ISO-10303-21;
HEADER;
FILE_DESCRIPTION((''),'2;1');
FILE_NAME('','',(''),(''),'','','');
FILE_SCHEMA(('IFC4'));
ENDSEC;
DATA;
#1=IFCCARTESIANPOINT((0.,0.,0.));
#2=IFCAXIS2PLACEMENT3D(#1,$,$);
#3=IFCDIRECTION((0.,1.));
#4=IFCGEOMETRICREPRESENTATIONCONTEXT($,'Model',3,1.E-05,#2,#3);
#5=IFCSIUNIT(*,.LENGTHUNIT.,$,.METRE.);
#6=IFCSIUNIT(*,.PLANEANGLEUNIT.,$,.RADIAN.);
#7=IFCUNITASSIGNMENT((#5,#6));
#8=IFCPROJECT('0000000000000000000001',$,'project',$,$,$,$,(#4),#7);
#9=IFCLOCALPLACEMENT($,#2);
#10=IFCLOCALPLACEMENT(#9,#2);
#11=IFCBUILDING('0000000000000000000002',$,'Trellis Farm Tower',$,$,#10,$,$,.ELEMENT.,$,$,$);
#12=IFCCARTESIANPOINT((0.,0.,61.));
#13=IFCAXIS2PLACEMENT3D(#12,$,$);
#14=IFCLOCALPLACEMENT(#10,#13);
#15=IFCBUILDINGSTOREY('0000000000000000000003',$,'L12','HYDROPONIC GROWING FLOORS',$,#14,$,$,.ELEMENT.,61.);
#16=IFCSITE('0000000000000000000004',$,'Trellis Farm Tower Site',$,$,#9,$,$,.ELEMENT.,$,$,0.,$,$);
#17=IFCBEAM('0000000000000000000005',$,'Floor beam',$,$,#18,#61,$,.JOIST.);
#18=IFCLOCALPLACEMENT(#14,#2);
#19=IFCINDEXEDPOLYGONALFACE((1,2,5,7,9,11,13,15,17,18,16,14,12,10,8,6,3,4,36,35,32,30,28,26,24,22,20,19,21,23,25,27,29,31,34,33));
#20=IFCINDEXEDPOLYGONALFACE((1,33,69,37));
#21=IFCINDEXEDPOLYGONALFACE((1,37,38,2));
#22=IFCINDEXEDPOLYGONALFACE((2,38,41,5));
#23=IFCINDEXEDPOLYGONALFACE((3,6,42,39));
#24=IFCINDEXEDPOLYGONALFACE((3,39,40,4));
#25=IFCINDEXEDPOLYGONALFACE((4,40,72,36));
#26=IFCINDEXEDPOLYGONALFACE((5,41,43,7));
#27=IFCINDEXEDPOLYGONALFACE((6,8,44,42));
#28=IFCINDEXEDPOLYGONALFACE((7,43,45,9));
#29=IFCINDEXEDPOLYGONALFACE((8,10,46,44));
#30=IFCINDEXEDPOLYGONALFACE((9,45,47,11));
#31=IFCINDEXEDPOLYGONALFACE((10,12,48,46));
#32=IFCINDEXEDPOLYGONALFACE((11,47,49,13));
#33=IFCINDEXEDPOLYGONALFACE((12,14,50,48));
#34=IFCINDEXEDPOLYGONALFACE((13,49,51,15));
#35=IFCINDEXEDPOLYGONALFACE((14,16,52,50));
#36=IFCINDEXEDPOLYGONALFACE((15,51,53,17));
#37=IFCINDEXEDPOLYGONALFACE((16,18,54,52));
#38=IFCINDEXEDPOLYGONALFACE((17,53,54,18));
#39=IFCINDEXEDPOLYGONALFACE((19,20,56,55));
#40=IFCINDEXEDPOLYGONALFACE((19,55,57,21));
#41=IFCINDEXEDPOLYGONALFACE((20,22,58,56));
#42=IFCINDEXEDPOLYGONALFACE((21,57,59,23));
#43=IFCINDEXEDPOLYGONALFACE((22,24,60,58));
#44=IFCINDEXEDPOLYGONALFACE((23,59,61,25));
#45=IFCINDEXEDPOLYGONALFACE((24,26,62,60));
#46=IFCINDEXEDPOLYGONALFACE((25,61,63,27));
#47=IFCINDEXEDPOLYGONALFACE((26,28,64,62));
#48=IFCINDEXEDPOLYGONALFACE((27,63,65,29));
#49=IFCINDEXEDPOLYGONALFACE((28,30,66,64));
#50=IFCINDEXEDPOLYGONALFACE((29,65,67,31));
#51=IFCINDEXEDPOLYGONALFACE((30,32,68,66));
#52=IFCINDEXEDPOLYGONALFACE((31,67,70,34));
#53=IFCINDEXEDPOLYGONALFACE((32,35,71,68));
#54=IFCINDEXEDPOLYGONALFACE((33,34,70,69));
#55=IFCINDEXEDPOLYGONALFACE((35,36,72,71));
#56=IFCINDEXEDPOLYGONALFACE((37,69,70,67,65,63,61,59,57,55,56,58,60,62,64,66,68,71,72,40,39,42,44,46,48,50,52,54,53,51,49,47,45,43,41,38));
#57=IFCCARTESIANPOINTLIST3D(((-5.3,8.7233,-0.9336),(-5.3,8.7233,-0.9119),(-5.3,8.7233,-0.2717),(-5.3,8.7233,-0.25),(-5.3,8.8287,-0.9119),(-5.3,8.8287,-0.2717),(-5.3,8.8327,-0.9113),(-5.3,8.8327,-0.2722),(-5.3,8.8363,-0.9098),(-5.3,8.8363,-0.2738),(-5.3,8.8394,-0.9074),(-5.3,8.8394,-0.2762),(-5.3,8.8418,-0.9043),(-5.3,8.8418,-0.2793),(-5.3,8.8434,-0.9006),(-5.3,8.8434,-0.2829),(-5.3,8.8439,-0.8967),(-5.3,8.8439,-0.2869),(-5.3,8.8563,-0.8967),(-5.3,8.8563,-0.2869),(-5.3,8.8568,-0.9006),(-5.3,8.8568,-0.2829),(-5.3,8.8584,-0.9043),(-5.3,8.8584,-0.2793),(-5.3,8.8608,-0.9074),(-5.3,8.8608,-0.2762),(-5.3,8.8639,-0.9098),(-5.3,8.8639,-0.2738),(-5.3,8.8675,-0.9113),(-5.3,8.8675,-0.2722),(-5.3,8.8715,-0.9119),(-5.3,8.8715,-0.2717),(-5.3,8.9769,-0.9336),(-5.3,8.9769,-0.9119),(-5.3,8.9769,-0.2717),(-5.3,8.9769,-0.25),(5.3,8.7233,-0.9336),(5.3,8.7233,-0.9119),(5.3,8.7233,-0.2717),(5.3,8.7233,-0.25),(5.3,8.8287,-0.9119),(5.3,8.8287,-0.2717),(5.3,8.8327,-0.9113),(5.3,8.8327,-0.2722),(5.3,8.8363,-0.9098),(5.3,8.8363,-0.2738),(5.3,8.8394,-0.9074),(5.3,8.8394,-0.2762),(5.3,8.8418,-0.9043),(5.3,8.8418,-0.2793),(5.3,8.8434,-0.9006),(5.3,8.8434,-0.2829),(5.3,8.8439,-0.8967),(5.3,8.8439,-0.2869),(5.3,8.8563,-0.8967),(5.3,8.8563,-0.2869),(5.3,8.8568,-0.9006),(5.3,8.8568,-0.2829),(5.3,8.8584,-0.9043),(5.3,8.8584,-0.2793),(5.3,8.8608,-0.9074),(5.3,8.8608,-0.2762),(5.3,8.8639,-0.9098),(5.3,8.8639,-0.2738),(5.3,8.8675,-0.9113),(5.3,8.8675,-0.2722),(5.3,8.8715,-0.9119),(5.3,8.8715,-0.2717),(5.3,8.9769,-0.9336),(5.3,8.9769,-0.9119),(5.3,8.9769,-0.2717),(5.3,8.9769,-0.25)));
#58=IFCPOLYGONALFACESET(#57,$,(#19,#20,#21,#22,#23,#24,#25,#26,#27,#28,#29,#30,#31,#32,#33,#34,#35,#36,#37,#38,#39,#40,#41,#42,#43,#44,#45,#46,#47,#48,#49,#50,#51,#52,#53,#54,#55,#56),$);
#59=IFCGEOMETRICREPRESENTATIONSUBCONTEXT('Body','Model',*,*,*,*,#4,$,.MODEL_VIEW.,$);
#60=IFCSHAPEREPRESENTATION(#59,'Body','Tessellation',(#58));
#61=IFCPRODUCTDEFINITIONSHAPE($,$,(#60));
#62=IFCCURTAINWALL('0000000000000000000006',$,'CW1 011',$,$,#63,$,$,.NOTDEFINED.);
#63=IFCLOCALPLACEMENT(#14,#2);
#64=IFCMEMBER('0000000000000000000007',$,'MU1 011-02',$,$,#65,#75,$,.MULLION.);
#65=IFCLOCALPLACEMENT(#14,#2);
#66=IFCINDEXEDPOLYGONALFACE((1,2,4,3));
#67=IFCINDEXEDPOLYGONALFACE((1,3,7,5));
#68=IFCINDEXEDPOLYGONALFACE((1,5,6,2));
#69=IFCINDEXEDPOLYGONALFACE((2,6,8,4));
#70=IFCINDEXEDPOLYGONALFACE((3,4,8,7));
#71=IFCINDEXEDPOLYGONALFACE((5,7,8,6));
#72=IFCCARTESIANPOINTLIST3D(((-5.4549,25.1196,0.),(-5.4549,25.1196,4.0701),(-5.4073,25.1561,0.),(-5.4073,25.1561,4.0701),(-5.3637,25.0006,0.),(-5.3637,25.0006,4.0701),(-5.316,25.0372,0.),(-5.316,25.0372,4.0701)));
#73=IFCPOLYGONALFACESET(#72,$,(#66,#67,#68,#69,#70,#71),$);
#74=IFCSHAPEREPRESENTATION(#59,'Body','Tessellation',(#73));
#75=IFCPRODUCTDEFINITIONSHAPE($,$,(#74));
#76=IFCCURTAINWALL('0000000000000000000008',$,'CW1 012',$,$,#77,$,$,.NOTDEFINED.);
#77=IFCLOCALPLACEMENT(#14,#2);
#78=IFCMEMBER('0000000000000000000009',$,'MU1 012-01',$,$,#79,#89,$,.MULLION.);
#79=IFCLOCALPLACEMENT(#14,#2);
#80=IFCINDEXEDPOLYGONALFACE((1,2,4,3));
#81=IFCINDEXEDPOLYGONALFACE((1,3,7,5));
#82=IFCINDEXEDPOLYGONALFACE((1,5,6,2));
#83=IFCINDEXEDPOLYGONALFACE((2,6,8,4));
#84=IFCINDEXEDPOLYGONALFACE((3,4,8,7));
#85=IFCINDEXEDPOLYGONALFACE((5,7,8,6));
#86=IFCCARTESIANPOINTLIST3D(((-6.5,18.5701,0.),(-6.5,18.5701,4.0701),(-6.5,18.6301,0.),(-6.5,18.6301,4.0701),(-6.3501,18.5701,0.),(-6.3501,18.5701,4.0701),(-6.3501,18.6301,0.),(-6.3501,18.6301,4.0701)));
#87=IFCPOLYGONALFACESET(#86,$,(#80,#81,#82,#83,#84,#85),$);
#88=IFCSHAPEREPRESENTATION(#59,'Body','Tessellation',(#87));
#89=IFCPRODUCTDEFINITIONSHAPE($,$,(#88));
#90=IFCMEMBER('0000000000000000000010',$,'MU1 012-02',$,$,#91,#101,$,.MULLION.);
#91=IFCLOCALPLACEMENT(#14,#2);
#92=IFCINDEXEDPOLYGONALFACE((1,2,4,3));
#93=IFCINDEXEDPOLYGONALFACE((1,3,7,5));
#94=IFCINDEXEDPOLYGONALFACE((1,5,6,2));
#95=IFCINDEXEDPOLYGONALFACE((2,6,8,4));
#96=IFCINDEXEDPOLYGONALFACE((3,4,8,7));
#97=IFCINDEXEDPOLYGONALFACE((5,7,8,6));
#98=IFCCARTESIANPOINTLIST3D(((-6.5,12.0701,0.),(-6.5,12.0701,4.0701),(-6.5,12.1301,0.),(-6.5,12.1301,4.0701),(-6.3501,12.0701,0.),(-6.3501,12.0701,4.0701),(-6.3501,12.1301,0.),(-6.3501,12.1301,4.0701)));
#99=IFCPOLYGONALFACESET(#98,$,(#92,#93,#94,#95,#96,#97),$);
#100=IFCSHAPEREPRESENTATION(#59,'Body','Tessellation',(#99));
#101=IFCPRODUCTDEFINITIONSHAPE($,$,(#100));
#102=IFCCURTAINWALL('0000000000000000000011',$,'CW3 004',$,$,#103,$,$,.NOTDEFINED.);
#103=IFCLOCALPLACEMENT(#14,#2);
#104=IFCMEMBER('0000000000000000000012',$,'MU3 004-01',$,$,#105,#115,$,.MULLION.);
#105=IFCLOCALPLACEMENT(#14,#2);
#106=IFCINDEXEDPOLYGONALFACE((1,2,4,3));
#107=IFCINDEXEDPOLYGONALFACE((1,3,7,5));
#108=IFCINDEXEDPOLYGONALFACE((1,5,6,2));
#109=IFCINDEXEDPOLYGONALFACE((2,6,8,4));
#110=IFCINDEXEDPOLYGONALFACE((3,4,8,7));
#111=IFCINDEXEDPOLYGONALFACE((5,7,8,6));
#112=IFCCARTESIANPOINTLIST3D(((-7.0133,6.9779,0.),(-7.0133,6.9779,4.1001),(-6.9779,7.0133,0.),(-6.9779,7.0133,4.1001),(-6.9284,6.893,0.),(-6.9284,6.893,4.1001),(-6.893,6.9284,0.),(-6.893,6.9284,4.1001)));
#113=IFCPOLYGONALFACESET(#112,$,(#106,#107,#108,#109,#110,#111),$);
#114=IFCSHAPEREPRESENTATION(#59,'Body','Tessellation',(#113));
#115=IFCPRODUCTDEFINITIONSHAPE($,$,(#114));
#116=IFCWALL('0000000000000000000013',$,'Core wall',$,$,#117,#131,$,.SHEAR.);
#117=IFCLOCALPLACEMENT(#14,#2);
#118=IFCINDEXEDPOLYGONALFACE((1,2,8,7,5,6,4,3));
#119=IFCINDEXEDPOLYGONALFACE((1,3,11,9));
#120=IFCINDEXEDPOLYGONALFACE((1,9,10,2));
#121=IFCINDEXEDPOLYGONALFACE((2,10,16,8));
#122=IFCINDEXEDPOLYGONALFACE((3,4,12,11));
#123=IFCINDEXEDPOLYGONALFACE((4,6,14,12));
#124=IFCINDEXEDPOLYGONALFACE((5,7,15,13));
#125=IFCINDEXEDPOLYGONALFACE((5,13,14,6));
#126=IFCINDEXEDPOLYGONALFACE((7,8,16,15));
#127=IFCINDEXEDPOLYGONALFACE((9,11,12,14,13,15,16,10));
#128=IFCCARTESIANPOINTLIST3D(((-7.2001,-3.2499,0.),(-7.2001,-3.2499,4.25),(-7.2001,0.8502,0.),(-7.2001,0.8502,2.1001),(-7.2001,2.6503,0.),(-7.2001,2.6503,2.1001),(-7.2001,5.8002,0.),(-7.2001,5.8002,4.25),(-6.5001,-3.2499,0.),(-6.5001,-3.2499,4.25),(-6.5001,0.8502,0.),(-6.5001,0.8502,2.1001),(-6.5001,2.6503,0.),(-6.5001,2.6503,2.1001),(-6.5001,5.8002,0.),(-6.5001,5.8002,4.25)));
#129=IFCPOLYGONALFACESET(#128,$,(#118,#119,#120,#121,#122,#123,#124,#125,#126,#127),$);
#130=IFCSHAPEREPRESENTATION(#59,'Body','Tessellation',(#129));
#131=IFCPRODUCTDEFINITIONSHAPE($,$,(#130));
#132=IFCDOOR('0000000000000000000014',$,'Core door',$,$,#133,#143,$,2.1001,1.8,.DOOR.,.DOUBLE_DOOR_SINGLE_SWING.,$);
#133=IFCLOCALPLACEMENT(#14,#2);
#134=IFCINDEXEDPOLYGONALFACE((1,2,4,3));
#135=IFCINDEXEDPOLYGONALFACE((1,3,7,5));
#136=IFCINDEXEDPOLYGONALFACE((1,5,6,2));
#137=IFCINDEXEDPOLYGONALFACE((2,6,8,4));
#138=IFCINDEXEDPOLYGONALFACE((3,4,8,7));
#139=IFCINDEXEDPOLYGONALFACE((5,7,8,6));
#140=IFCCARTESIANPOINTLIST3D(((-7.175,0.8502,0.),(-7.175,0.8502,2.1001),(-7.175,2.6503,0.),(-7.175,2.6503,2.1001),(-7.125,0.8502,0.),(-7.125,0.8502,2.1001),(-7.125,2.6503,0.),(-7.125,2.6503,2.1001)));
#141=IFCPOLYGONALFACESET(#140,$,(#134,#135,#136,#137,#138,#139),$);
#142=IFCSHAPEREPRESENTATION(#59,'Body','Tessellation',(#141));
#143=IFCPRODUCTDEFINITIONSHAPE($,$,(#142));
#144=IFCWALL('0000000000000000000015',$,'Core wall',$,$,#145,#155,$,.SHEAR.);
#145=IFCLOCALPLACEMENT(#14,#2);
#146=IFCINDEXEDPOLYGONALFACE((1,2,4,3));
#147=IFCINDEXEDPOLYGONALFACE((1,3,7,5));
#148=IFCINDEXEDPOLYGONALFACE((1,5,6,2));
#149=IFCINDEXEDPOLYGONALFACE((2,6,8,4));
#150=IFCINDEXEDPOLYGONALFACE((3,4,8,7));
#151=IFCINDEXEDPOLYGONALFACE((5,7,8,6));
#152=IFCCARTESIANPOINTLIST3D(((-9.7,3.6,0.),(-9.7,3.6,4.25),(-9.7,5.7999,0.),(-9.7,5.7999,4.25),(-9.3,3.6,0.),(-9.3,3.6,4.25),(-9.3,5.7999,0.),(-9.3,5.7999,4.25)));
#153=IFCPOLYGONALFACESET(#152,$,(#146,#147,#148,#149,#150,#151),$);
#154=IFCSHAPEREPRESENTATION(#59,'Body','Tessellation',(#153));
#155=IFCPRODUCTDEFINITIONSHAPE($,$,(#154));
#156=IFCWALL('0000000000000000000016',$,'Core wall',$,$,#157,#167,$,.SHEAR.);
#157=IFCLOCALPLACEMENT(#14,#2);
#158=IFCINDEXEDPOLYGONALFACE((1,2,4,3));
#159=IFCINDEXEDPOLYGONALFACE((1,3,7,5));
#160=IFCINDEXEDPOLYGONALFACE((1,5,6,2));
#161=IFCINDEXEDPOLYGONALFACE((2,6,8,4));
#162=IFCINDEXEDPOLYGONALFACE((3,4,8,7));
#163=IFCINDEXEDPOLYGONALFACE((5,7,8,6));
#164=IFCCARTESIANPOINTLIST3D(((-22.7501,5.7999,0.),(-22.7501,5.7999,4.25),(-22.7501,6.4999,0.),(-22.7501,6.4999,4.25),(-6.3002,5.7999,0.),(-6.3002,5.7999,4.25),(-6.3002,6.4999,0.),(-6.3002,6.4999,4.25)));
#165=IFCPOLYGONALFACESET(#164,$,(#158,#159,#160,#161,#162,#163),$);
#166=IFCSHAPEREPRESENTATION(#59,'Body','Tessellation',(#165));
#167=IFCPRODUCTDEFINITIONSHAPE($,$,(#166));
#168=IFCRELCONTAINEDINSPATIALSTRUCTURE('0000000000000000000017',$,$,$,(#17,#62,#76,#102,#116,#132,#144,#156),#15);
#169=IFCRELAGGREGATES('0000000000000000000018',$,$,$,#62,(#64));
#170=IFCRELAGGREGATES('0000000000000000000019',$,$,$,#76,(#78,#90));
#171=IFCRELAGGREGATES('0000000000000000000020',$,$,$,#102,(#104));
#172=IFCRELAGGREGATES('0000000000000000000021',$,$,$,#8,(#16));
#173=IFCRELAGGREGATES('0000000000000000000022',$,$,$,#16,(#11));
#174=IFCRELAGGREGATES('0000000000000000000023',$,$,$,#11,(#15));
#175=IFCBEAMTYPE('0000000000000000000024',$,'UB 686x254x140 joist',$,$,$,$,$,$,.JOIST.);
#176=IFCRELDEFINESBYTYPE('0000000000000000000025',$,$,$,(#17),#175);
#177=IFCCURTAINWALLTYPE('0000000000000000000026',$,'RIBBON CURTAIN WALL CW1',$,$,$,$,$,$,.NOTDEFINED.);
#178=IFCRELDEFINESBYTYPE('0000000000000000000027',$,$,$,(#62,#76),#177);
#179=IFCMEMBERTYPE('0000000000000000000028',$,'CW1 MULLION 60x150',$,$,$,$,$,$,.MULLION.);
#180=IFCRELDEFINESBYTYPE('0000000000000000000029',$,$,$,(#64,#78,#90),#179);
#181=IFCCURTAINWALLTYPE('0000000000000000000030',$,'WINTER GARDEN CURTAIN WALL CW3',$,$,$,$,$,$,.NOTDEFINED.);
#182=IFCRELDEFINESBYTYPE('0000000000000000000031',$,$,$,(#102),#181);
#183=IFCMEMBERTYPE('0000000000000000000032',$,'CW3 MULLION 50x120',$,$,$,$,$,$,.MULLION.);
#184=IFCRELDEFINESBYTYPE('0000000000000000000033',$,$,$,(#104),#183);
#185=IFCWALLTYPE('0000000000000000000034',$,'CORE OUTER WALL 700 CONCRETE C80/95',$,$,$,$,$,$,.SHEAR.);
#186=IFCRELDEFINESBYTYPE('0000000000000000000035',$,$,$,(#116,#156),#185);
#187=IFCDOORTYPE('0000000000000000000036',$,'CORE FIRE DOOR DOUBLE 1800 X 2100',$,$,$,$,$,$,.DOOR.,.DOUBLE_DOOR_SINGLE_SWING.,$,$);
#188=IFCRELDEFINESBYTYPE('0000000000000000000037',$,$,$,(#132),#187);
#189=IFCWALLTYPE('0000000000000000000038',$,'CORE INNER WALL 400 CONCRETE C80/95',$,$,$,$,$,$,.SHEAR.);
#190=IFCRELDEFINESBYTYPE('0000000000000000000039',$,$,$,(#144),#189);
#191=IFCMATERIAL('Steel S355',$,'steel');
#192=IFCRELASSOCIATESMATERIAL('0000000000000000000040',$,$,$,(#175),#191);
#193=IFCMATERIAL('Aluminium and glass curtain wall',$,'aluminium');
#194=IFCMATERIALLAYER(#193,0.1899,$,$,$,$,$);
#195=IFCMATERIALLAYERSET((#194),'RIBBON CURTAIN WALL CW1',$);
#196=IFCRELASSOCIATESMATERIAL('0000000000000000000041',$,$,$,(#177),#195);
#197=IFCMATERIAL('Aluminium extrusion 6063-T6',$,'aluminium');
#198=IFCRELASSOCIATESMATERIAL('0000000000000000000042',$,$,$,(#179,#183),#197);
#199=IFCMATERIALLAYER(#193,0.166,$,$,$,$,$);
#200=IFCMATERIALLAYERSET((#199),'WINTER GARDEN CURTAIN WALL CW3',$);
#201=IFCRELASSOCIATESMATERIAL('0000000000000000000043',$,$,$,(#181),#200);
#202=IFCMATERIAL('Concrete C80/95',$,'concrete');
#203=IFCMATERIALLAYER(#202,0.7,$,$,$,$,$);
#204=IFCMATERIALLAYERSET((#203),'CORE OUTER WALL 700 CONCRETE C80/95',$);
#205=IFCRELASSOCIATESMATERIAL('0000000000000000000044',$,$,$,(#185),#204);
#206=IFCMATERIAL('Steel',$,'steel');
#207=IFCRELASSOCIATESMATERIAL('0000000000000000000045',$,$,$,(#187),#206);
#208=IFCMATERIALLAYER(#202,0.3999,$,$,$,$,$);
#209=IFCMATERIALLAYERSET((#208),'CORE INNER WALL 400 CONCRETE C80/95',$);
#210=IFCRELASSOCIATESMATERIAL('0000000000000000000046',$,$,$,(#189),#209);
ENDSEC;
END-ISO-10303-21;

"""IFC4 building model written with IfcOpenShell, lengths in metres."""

from ifc_helpers import new_model, si_unit, direction, frame, frame_2d, origin, origin_2d, place, context, subcontext, project, spatial, rectangle, i_section, extrude, source, transform, mapped, material, layer, layer_set, material_profile, profile_set, type_object, element, fill, aggregate, save


model = new_model("IFC4")

# Units and contexts
model_context = context("Model", 3, precision=1e-05, world=origin(), true_north=direction((0.0, 1.0)))
body_context = subcontext(model_context, "Body", "Model", "MODEL_VIEW")
ifc_project = project(units=[si_unit("LENGTHUNIT", "METRE"), si_unit("PLANEANGLEUNIT", "RADIAN")], contexts=[model_context])

# Site, building, storey
site_placement = place(None, origin())
site = spatial("IfcSite", under=ifc_project, at=site_placement, Name="Trellis Farm Tower Site", CompositionType="ELEMENT", RefElevation=0.0)
building_placement = place(site_placement, origin())
building = spatial("IfcBuilding", under=site, at=building_placement, Name="Trellis Farm Tower", CompositionType="ELEMENT")
storey_placement = place(building_placement, frame((0.0, 0.0, 61.0)))
storey = spatial("IfcBuildingStorey", under=building, at=storey_placement, Name="L12", Description="HYDROPONIC GROWING FLOORS", CompositionType="ELEMENT", Elevation=61.0)

# Shared definitions
ifc_material_1 = material(Name="Concrete C80/95", Category="concrete")

# Beam
ifc_material_2 = material(Name="Steel S355", Category="steel")
ifc_material_profile_1 = material_profile(ifc_material_2, i_section(OverallWidth=0.2537, OverallDepth=0.6836, WebThickness=0.0125, FlangeThickness=0.0217, FilletRadius=0.0151, at=origin_2d()), Name="UB 686x254x140")
ifc_profile_set_1 = profile_set([ifc_material_profile_1], Name="Steel S355")
beam_type_1 = type_object("IfcBeamType", Name="UB 686x254x140 joist", PredefinedType="JOIST", material=ifc_profile_set_1)
shared_shape_1 = source(origin(), body_context, "Body", "SweptSolid", [
    extrude(i_section(OverallWidth=0.2537, OverallDepth=0.6836, WebThickness=0.0125, FlangeThickness=0.0217, FilletRadius=0.0151, at=origin_2d()), origin(), (0.0, 0.0, 1.0), 10.6001),
])
beam_1_placement = place(storey_placement, frame((-5.3, 8.8501, -0.5918), z_axis=(1.0, 0.0, 0.0), x_axis=(0.0, 1.0, 0.0)))
element("IfcBeam", 1, at=beam_1_placement, inside=storey, type_object=beam_type_1, Name="Floor beam", PredefinedType="JOIST", context=body_context, shape_type="MappedRepresentation", body=[
    mapped(shared_shape_1, transform((0.0, 0.0, 0.0))),
])

# Curtain wall, member
ifc_material_3 = material(Name="Aluminium and glass curtain wall", Category="aluminium")
ifc_layer_1 = layer(ifc_material_3, 0.1899)
ifc_layer_set_1 = layer_set([ifc_layer_1], Name="RIBBON CURTAIN WALL CW1")
curtain_wall_type_1 = type_object("IfcCurtainWallType", Name="RIBBON CURTAIN WALL CW1", PredefinedType="NOTDEFINED", material=ifc_layer_set_1)
placement = place(storey_placement, origin())
curtain_wall_1 = element("IfcCurtainWall", 2, at=placement, inside=storey, type_object=curtain_wall_type_1, Name="CW1 011", PredefinedType="NOTDEFINED")
ifc_material_4 = material(Name="Aluminium extrusion 6063-T6", Category="aluminium")
ifc_material_profile_2 = material_profile(ifc_material_4, rectangle(XDim=0.0601, YDim=0.1499, at=origin_2d()), Name="MULLION 60x150")
ifc_profile_set_2 = profile_set([ifc_material_profile_2], Name="Aluminium extrusion 6063-T6")
member_type_1 = type_object("IfcMemberType", Name="CW1 MULLION 60x150", PredefinedType="MULLION", material=ifc_profile_set_2)
shared_shape_2 = source(origin(), body_context, "Body", "SweptSolid", [
    extrude(rectangle(XDim=0.0601, YDim=0.1499, at=origin_2d()), origin(), (0.0, 0.0, 1.0), 4.0701),
])
member_1_placement = place(storey_placement, frame((-5.3855, 25.0784, 0.0), z_axis=(0.0, 0.0, 1.0), x_axis=(-0.793353, -0.608761, 0.0)))
member_1 = element("IfcMember", 3, at=member_1_placement, type_object=member_type_1, Name="MU1 011-02", PredefinedType="MULLION", context=body_context, shape_type="MappedRepresentation", body=[
    mapped(shared_shape_2, transform((0.0, 0.0, 0.0))),
])
aggregate(curtain_wall_1, [member_1])

# Curtain wall, members
curtain_wall_2 = element("IfcCurtainWall", 4, at=placement, inside=storey, type_object=curtain_wall_type_1, Name="CW1 012", PredefinedType="NOTDEFINED")
member_2_placement = place(storey_placement, frame((-6.425, 18.6001, 0.0), z_axis=(0.0, 0.0, 1.0), x_axis=(0.0, -1.0, 0.0)))
member_2 = element("IfcMember", 5, at=member_2_placement, type_object=member_type_1, Name="MU1 012-01", PredefinedType="MULLION", context=body_context, shape_type="MappedRepresentation", body=[
    mapped(shared_shape_2, transform((0.0, 0.0, 0.0))),
])
member_3_placement = place(storey_placement, frame((-6.425, 12.1001, 0.0), z_axis=(0.0, 0.0, 1.0), x_axis=(0.0, -1.0, 0.0)))
member_3 = element("IfcMember", 6, at=member_3_placement, type_object=member_type_1, Name="MU1 012-02", PredefinedType="MULLION", context=body_context, shape_type="MappedRepresentation", body=[
    mapped(shared_shape_2, transform((0.0, 0.0, 0.0))),
])
aggregate(curtain_wall_2, [member_2, member_3])

# Curtain wall, member
ifc_layer_2 = layer(ifc_material_3, 0.166)
ifc_layer_set_2 = layer_set([ifc_layer_2], Name="WINTER GARDEN CURTAIN WALL CW3")
curtain_wall_type_2 = type_object("IfcCurtainWallType", Name="WINTER GARDEN CURTAIN WALL CW3", PredefinedType="NOTDEFINED", material=ifc_layer_set_2)
curtain_wall_3 = element("IfcCurtainWall", 7, at=placement, inside=storey, type_object=curtain_wall_type_2, Name="CW3 004", PredefinedType="NOTDEFINED")
ifc_material_profile_3 = material_profile(ifc_material_4, rectangle(XDim=0.05, YDim=0.1201, at=origin_2d()), Name="MULLION 50x120")
ifc_profile_set_3 = profile_set([ifc_material_profile_3], Name="Aluminium extrusion 6063-T6")
member_type_2 = type_object("IfcMemberType", Name="CW3 MULLION 50x120", PredefinedType="MULLION", material=ifc_profile_set_3)
shared_shape_3 = source(origin(), body_context, "Body", "SweptSolid", [
    extrude(rectangle(XDim=0.05, YDim=0.1201, at=origin_2d()), origin(), (0.0, 0.0, 1.0), 4.1001),
])
member_4_placement = place(storey_placement, frame((-6.9531, 6.9531, 0.0), z_axis=(0.0, 0.0, 1.0), x_axis=(-0.707107, -0.707107, 0.0)))
member_4 = element("IfcMember", 8, at=member_4_placement, type_object=member_type_2, Name="MU3 004-01", PredefinedType="MULLION", context=body_context, shape_type="MappedRepresentation", body=[
    mapped(shared_shape_3, transform((0.0, 0.0, 0.0))),
])
aggregate(curtain_wall_3, [member_4])

# Wall, opening, door
ifc_layer_3 = layer(ifc_material_1, 0.7)
ifc_layer_set_3 = layer_set([ifc_layer_3], Name="CORE OUTER WALL 700 CONCRETE C80/95")
wall_type_1 = type_object("IfcWallType", Name="CORE OUTER WALL 700 CONCRETE C80/95", PredefinedType="SHEAR", material=ifc_layer_set_3)
shared_shape_4 = source(origin(), body_context, "Body", "SweptSolid", [
    extrude(rectangle(XDim=9.05, YDim=0.7, at=frame_2d((4.5249, 0.0))), origin(), (0.0, 0.0, 1.0), 4.25),
])
wall_1_placement = place(storey_placement, frame((-6.8501, 5.8, 0.0), z_axis=(0.0, 0.0, 1.0), x_axis=(0.0, -1.0, 0.0)))
wall_1 = element("IfcWall", 9, at=wall_1_placement, inside=storey, type_object=wall_type_1, Name="Core wall", PredefinedType="SHEAR", context=body_context, shape_type="MappedRepresentation", body=[
    mapped(shared_shape_4, transform((0.0, 0.0, 0.0))),
])
shared_shape_5 = source(origin(), body_context, "Body", "SweptSolid", [
    extrude(rectangle(XDim=1.8, YDim=2.1001, at=frame_2d((0.8999, 1.05))), frame((0.0, 0.3601, 0.0), z_axis=(0.0, -1.0, 0.0), x_axis=(1.0, 0.0, 0.0)), (0.0, 0.0, 1.0), 0.7202),
])
opening_1_placement = place(wall_1_placement, frame((3.1499, 0.0, 0.0)))
opening_1 = element("IfcOpeningElement", 10, at=opening_1_placement, cuts=wall_1, PredefinedType="OPENING", context=body_context, shape_type="MappedRepresentation", body=[
    mapped(shared_shape_5, transform((0.0, 0.0, 0.0))),
])
ifc_material_5 = material(Name="Steel", Category="steel")
door_type_1 = type_object("IfcDoorType", Name="CORE FIRE DOOR DOUBLE 1800 X 2100", OperationType="DOUBLE_DOOR_SINGLE_SWING", PredefinedType="DOOR", material=ifc_material_5)
shared_shape_6 = source(origin(), body_context, "Body", "SweptSolid", [
    extrude(rectangle(XDim=1.8, YDim=2.1001, at=frame_2d((0.8999, 1.05))), frame((0.0, -0.2749, 0.0), z_axis=(0.0, -1.0, 0.0), x_axis=(1.0, 0.0, 0.0)), (0.0, 0.0, 1.0), 0.05),
])
door_1_placement = place(opening_1_placement, origin())
door_1 = element("IfcDoor", 11, at=door_1_placement, inside=storey, type_object=door_type_1, Name="Core door", OperationType="DOUBLE_DOOR_SINGLE_SWING", OverallHeight=2.1001, OverallWidth=1.8, PredefinedType="DOOR", context=body_context, shape_type="MappedRepresentation", body=[
    mapped(shared_shape_6, transform((0.0, 0.0, 0.0))),
])
fill(opening_1, door_1)

# Walls
ifc_layer_4 = layer(ifc_material_1, 0.3999)
ifc_layer_set_4 = layer_set([ifc_layer_4], Name="CORE INNER WALL 400 CONCRETE C80/95")
wall_type_2 = type_object("IfcWallType", Name="CORE INNER WALL 400 CONCRETE C80/95", PredefinedType="SHEAR", material=ifc_layer_set_4)
shared_shape_7 = source(origin(), body_context, "Body", "SweptSolid", [
    extrude(rectangle(XDim=2.2, YDim=0.3999, at=frame_2d((1.1001, 0.0))), origin(), (0.0, 0.0, 1.0), 4.25),
])
wall_2_placement = place(storey_placement, frame((-9.5, 5.8, 0.0), z_axis=(0.0, 0.0, 1.0), x_axis=(0.0, -1.0, 0.0)))
element("IfcWall", 12, at=wall_2_placement, inside=storey, type_object=wall_type_2, Name="Core wall", PredefinedType="SHEAR", context=body_context, shape_type="MappedRepresentation", body=[
    mapped(shared_shape_7, transform((0.0, 0.0, 0.0))),
])
shared_shape_8 = source(origin(), body_context, "Body", "SweptSolid", [
    extrude(rectangle(XDim=16.45, YDim=0.7, at=frame_2d((8.2251, 0.0))), origin(), (0.0, 0.0, 1.0), 4.25),
])
wall_3_placement = place(storey_placement, frame((-6.3, 6.1499, 0.0), z_axis=(0.0, 0.0, 1.0), x_axis=(-1.0, 0.0, 0.0)))
element("IfcWall", 13, at=wall_3_placement, inside=storey, type_object=wall_type_1, Name="Core wall", PredefinedType="SHEAR", context=body_context, shape_type="MappedRepresentation", body=[
    mapped(shared_shape_8, transform((0.0, 0.0, 0.0))),
])

save(model, "model.ifc")
